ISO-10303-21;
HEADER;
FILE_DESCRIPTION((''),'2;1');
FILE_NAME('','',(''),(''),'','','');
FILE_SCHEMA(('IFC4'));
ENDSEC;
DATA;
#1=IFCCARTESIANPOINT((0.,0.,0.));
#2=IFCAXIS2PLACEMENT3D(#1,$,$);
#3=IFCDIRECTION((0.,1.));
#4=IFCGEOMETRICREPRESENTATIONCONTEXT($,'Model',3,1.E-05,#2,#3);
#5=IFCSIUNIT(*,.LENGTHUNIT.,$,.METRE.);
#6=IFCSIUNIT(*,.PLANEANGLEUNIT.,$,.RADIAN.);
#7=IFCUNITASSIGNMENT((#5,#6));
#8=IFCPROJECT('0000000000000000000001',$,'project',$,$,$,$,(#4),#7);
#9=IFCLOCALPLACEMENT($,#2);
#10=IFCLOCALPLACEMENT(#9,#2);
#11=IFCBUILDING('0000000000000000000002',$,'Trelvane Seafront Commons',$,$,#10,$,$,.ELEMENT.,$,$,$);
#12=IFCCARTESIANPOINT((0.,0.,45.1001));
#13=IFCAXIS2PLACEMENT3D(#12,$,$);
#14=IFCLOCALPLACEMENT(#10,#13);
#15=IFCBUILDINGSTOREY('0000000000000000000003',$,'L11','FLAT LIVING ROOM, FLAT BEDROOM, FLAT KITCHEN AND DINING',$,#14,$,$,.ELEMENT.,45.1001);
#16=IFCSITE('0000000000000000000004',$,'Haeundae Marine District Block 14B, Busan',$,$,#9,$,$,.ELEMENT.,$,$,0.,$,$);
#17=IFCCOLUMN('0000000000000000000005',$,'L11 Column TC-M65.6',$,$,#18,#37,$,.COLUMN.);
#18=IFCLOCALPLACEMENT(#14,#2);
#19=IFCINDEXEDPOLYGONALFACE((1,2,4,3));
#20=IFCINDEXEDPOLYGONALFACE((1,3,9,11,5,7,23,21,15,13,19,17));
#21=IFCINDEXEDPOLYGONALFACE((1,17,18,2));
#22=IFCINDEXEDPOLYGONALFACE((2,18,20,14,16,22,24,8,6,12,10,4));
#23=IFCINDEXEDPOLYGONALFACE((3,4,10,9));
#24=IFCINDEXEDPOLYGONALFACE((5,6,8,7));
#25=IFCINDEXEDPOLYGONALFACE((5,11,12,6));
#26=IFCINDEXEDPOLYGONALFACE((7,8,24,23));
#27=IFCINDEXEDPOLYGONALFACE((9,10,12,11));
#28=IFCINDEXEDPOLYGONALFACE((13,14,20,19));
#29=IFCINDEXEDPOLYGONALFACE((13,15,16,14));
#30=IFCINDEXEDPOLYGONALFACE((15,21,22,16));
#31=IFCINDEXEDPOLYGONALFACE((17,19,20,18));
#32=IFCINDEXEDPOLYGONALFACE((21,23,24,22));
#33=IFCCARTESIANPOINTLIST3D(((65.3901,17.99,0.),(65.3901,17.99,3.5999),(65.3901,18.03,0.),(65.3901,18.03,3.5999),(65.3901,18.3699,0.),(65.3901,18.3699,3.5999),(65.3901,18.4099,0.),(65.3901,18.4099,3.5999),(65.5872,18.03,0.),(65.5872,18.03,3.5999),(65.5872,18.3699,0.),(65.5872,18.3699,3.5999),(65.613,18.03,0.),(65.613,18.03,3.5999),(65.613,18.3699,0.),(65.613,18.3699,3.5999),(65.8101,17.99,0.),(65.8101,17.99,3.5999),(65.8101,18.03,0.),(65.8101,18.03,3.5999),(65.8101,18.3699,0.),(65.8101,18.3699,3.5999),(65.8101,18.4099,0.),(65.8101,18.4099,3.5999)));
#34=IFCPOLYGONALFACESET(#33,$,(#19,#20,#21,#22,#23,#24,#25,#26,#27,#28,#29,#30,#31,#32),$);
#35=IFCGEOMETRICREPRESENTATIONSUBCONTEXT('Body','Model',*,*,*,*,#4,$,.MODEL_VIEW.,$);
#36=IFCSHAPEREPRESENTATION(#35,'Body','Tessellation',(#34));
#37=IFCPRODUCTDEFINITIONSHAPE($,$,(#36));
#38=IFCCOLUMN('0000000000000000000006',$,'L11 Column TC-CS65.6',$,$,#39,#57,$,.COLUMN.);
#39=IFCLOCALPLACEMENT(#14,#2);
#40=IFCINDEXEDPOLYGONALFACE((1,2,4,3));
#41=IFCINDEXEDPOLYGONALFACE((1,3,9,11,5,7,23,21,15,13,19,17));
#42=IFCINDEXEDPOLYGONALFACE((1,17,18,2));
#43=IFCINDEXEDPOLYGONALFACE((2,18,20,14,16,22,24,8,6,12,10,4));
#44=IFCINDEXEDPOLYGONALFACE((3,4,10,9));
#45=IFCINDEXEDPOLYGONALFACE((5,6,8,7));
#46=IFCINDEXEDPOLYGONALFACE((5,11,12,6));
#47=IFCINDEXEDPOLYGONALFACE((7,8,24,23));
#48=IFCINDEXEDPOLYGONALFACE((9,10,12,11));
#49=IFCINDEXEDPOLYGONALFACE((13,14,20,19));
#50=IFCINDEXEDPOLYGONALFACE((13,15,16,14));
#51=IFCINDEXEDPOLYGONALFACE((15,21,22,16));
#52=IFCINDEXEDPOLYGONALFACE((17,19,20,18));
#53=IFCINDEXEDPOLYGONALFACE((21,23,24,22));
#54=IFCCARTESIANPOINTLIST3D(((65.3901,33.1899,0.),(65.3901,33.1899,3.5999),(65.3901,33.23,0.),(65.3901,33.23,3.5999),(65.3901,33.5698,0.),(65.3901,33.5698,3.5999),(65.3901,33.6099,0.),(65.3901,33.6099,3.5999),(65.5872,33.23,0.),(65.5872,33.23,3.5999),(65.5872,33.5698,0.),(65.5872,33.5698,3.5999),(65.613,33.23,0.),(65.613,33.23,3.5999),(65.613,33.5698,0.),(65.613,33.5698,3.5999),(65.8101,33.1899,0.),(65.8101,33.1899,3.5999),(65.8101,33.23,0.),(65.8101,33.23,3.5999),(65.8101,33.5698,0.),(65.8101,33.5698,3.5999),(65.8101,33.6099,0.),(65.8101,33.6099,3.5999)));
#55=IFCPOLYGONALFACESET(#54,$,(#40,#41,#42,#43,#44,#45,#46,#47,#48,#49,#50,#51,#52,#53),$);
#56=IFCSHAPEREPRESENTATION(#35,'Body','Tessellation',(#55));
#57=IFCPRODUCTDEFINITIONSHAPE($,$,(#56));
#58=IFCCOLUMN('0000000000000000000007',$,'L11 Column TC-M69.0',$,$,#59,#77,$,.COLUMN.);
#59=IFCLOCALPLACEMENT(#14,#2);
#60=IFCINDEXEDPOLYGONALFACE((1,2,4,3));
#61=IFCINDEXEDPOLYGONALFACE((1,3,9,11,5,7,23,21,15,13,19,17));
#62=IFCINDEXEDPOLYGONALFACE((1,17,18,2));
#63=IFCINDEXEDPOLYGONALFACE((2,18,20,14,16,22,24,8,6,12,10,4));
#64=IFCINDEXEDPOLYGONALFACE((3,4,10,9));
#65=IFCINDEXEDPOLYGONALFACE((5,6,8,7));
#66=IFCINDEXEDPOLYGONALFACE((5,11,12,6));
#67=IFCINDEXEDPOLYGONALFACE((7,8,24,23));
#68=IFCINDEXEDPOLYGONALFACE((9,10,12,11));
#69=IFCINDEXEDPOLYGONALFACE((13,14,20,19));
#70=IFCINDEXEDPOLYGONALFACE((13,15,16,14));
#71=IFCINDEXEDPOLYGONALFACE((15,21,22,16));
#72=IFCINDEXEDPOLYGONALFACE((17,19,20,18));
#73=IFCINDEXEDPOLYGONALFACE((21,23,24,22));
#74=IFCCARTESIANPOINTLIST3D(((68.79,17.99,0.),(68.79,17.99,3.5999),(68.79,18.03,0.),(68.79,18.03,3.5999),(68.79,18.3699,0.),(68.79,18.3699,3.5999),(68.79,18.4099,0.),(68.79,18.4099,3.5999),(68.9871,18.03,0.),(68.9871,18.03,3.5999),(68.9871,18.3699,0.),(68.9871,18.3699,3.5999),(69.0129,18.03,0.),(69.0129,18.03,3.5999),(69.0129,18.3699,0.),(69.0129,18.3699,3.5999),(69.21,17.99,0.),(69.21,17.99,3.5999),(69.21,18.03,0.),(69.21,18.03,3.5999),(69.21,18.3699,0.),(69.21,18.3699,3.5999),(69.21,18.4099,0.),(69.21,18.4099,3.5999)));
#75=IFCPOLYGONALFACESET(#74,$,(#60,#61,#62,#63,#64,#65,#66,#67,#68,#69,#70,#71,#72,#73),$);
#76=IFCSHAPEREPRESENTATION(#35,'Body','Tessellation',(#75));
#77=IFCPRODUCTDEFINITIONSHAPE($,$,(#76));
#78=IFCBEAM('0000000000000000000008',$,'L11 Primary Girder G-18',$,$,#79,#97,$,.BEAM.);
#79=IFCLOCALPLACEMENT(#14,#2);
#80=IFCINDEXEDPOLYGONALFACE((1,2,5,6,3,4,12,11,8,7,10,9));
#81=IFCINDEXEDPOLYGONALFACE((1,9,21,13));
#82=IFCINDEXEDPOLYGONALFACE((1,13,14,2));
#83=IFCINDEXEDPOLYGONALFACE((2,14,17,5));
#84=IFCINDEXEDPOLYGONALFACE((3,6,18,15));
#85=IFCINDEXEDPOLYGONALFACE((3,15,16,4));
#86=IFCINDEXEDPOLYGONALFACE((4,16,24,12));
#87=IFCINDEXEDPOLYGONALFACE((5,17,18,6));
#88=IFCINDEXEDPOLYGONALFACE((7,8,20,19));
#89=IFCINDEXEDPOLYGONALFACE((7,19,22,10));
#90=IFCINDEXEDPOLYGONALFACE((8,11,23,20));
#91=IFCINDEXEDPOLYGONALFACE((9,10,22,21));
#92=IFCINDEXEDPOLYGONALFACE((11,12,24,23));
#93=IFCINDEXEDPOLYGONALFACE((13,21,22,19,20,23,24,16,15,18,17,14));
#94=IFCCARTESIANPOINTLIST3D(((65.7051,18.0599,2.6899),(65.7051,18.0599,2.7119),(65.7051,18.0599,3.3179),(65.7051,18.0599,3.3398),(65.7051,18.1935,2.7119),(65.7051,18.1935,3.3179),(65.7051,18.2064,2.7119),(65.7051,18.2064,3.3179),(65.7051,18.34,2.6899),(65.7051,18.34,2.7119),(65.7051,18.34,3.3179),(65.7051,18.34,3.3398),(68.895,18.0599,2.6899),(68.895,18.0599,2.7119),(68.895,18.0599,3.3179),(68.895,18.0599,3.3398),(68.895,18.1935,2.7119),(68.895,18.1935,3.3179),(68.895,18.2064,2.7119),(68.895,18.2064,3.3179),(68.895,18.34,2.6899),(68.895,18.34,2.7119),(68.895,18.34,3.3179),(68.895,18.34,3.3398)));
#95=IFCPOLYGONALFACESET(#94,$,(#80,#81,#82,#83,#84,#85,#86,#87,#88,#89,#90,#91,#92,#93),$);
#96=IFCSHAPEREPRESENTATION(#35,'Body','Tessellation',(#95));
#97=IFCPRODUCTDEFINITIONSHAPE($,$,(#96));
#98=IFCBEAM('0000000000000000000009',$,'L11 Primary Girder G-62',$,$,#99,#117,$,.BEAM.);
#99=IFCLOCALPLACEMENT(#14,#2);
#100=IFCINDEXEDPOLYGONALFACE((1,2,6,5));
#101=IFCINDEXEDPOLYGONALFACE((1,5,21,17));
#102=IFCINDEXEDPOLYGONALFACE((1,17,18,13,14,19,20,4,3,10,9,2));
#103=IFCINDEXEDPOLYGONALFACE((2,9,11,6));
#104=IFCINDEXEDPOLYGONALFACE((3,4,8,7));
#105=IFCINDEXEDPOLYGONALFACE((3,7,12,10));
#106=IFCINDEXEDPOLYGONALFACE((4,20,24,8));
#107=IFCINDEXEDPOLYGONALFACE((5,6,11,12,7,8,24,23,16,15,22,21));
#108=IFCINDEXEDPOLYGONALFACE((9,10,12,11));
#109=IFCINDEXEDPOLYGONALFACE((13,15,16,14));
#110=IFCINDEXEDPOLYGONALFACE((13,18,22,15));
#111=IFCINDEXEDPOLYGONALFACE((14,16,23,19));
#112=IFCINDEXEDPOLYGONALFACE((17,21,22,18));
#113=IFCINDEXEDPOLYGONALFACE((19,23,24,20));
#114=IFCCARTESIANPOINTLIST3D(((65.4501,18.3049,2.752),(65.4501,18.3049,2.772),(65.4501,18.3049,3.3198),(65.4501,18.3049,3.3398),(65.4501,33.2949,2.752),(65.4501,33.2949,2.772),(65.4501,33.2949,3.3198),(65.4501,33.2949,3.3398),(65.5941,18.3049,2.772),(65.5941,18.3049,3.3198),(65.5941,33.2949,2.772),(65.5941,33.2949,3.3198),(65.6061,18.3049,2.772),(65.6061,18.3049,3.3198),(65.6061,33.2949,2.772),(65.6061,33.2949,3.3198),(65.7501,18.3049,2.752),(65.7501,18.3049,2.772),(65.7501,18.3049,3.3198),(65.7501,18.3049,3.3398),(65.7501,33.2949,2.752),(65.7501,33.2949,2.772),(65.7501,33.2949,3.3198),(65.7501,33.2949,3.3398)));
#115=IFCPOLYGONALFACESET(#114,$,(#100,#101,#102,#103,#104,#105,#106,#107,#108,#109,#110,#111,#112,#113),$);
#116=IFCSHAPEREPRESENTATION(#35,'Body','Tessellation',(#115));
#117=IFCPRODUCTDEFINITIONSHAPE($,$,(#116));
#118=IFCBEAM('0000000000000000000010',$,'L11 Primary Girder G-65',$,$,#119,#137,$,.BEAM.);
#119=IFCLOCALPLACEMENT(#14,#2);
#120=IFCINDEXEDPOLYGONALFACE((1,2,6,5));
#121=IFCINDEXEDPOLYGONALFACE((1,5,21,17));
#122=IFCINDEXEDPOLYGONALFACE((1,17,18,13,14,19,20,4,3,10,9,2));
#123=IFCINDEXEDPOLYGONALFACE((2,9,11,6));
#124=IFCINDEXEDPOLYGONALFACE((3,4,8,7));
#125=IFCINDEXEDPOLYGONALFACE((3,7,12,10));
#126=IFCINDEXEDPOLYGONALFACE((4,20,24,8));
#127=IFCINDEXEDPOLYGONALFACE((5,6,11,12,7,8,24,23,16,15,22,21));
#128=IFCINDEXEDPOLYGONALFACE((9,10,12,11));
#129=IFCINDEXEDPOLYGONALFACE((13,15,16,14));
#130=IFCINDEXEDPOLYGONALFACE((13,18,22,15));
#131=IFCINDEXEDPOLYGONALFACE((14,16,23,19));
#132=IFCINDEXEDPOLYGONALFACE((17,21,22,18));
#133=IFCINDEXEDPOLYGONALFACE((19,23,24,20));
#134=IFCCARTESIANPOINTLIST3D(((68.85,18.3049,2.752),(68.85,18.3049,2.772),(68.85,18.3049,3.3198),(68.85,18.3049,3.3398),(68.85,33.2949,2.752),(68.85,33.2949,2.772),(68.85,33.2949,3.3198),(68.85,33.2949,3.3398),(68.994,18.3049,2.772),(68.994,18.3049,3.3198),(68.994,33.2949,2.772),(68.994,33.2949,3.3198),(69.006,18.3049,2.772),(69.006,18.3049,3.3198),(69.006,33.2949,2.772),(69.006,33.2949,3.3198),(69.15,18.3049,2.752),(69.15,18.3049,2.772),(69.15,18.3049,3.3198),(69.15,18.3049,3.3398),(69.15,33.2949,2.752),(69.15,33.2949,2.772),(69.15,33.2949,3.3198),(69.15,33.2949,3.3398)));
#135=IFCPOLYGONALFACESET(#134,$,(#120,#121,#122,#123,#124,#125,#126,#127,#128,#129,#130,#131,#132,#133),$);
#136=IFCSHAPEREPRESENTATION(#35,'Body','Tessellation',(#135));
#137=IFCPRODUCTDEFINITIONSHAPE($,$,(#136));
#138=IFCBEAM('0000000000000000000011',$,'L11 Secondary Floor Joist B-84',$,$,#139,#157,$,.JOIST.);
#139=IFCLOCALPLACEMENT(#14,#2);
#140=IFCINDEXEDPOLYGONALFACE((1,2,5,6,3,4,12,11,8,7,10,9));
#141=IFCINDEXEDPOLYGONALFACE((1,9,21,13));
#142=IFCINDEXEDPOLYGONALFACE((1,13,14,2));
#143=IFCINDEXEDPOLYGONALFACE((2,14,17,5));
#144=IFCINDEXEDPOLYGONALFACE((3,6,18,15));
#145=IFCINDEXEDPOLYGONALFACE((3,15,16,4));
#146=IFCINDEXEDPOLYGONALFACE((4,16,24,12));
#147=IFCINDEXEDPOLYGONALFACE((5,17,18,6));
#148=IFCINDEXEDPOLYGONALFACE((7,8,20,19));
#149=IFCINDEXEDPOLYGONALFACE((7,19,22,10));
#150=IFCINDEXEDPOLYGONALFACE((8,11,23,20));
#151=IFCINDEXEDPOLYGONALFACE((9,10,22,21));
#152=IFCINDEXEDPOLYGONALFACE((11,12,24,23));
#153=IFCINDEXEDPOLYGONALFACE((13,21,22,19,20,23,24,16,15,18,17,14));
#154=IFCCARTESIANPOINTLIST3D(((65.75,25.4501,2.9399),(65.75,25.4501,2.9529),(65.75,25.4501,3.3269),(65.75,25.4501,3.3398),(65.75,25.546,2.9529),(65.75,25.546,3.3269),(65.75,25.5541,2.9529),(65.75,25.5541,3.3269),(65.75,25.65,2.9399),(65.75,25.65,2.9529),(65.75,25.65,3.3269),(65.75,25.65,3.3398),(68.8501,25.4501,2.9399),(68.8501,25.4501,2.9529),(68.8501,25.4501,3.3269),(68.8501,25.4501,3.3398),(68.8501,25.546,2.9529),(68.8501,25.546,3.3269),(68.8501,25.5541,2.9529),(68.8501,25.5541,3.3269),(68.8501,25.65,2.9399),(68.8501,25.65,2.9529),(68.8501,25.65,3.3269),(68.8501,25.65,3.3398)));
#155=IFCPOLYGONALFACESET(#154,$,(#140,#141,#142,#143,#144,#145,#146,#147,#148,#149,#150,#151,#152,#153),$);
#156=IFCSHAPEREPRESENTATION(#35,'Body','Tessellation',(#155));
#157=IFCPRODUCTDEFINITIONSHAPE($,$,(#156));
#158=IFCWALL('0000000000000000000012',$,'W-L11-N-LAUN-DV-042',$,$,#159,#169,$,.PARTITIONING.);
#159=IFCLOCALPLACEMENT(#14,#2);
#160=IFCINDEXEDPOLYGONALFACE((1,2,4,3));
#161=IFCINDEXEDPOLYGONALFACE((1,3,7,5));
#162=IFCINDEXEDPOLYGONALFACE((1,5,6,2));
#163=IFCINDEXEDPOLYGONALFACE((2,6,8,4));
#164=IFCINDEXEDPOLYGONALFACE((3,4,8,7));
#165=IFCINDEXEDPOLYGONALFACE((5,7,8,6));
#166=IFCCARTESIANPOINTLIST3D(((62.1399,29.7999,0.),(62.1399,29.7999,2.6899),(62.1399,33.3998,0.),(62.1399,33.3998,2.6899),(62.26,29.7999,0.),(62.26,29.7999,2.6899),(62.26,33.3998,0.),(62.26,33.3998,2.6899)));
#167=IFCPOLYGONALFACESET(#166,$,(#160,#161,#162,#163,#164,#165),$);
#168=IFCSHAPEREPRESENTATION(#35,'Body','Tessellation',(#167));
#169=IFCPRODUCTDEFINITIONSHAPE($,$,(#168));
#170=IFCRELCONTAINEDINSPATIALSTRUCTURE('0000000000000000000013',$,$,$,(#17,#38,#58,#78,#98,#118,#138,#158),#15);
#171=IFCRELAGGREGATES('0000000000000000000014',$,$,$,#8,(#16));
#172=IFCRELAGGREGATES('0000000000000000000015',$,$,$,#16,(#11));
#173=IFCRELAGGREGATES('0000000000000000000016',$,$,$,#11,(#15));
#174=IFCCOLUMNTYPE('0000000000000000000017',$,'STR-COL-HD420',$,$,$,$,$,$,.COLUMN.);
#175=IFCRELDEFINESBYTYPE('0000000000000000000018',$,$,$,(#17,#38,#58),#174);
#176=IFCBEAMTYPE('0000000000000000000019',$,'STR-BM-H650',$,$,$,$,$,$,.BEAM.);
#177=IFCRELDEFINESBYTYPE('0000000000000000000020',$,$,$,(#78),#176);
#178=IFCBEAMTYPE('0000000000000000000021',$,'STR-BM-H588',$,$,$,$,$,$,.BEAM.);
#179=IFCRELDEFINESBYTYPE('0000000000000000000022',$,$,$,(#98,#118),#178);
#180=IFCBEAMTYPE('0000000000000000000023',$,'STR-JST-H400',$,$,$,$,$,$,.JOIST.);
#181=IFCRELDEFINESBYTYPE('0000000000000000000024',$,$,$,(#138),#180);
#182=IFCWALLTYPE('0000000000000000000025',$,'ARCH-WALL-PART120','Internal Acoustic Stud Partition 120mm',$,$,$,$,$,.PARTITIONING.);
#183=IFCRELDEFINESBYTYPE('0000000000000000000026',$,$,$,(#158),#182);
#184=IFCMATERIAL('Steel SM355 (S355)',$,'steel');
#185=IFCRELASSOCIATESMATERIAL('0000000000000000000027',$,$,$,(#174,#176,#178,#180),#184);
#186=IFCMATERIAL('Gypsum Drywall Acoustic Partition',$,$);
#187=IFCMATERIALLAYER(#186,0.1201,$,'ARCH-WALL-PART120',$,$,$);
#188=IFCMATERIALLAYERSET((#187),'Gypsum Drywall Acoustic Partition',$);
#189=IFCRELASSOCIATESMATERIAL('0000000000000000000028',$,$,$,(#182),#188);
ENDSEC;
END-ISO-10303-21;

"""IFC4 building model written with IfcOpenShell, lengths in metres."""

from ifc_helpers import new_model, si_unit, direction, frame, frame_2d, origin, origin_2d, place, context, subcontext, project, spatial, rectangle, i_section, extrude, source, transform, mapped, material, layer, layer_set, material_profile, profile_set, type_object, element, save


model = new_model("IFC4")

# Units and contexts
model_context = context("Model", 3, precision=1e-05, world=origin(), true_north=direction((0.0, 1.0)))
body_context = subcontext(model_context, "Body", "Model", "MODEL_VIEW")
ifc_project = project(units=[si_unit("LENGTHUNIT", "METRE"), si_unit("PLANEANGLEUNIT", "RADIAN")], contexts=[model_context])

# Site, building, storey
site_placement = place(None, origin())
site = spatial("IfcSite", under=ifc_project, at=site_placement, Name="Haeundae Marine District Block 14B, Busan", CompositionType="ELEMENT", RefElevation=0.0)
building_placement = place(site_placement, origin())
building = spatial("IfcBuilding", under=site, at=building_placement, Name="Trelvane Seafront Commons", CompositionType="ELEMENT")
storey_placement = place(building_placement, frame((0.0, 0.0, 45.1001)))
storey = spatial("IfcBuildingStorey", under=building, at=storey_placement, Name="L11", Description="FLAT LIVING ROOM, FLAT BEDROOM, FLAT KITCHEN AND DINING", CompositionType="ELEMENT", Elevation=45.1001)

# Columns
ifc_material_1 = material(Name="Steel SM355 (S355)", Category="steel")
ifc_material_profile_1 = material_profile(ifc_material_1, i_section(OverallWidth=0.4199, OverallDepth=0.4199, WebThickness=0.0259, FlangeThickness=0.04, at=origin_2d()), Name="HD-420x420x26x40")
ifc_profile_set_1 = profile_set([ifc_material_profile_1], Name="Steel SM355 (S355)")
column_type = type_object("IfcColumnType", Name="STR-COL-HD420", PredefinedType="COLUMN", material=ifc_profile_set_1)
shared_shape_1 = source(origin(), body_context, "Body", "SweptSolid", [
    extrude(i_section(OverallWidth=0.4199, OverallDepth=0.4199, WebThickness=0.0259, FlangeThickness=0.04, at=origin_2d()), origin(), (0.0, 0.0, 1.0), 3.5999),
])
for number, where, z_axis, x_axis, name in (
    (1, (65.6001, 18.2, 0.0), (0.0, 0.0, 1.0), (1.0, 0.0, 0.0), "L11 Column TC-M65.6"),
    (2, (65.6001, 33.3999, 0.0), (0.0, 0.0, 1.0), (1.0, 0.0, 0.0), "L11 Column TC-CS65.6"),
    (3, (69.0, 18.2, 0.0), (0.0, 0.0, 1.0), (1.0, 0.0, 0.0), "L11 Column TC-M69.0"),
):
    element("IfcColumn", number, at=place(storey_placement, frame(where, z_axis=z_axis, x_axis=x_axis)), inside=storey, type_object=column_type, Name=name, PredefinedType="COLUMN", context=body_context, shape_type="MappedRepresentation", body=[
        mapped(shared_shape_1, transform((0.0, 0.0, 0.0), x_axis=(1.0, 0.0, 0.0), y_axis=(0.0, 1.0, 0.0), z_axis=(0.0, 0.0, 1.0), scale=1.0)),
    ])

# Beams
ifc_material_profile_2 = material_profile(ifc_material_1, i_section(OverallWidth=0.28, OverallDepth=0.6499, WebThickness=0.0129, FlangeThickness=0.022, at=origin_2d()), Name="H-650x280x13x22")
ifc_profile_set_2 = profile_set([ifc_material_profile_2], Name="Steel SM355 (S355)")
beam_type_1 = type_object("IfcBeamType", Name="STR-BM-H650", PredefinedType="BEAM", material=ifc_profile_set_2)
shared_shape_2 = source(origin(), body_context, "Body", "SweptSolid", [
    extrude(i_section(OverallWidth=0.28, OverallDepth=0.6499, WebThickness=0.0129, FlangeThickness=0.022, at=origin_2d()), origin(), (0.0, 0.0, 1.0), 3.1899),
])
beam_1_placement = place(storey_placement, frame((65.7051, 18.2, 3.0149), z_axis=(1.0, 0.0, 0.0), x_axis=(0.0, 1.0, 0.0)))
element("IfcBeam", 4, at=beam_1_placement, inside=storey, type_object=beam_type_1, Name="L11 Primary Girder G-18", PredefinedType="BEAM", context=body_context, shape_type="MappedRepresentation", body=[
    mapped(shared_shape_2, transform((0.0, 0.0, 0.0), x_axis=(1.0, 0.0, 0.0), y_axis=(0.0, 1.0, 0.0), z_axis=(0.0, 0.0, 1.0), scale=1.0)),
])
ifc_material_profile_3 = material_profile(ifc_material_1, i_section(OverallWidth=0.3, OverallDepth=0.5879, WebThickness=0.012, FlangeThickness=0.02, at=origin_2d()), Name="H-588x300x12x20")
ifc_profile_set_3 = profile_set([ifc_material_profile_3], Name="Steel SM355 (S355)")
beam_type_2 = type_object("IfcBeamType", Name="STR-BM-H588", PredefinedType="BEAM", material=ifc_profile_set_3)
shared_shape_3 = source(origin(), body_context, "Body", "SweptSolid", [
    extrude(i_section(OverallWidth=0.3, OverallDepth=0.5879, WebThickness=0.012, FlangeThickness=0.02, at=origin_2d()), origin(), (0.0, 0.0, 1.0), 14.99),
])
for number, where, z_axis, x_axis, name in (
    (5, (65.6001, 18.3049, 3.0459), (0.0, 1.0, 0.0), (-1.0, 0.0, 0.0), "L11 Primary Girder G-62"),
    (6, (69.0, 18.3049, 3.0459), (0.0, 1.0, 0.0), (-1.0, 0.0, 0.0), "L11 Primary Girder G-65"),
):
    element("IfcBeam", number, at=place(storey_placement, frame(where, z_axis=z_axis, x_axis=x_axis)), inside=storey, type_object=beam_type_2, Name=name, PredefinedType="BEAM", context=body_context, shape_type="MappedRepresentation", body=[
        mapped(shared_shape_3, transform((0.0, 0.0, 0.0), x_axis=(1.0, 0.0, 0.0), y_axis=(0.0, 1.0, 0.0), z_axis=(0.0, 0.0, 1.0), scale=1.0)),
    ])
ifc_material_profile_4 = material_profile(ifc_material_1, i_section(OverallWidth=0.2, OverallDepth=0.3999, WebThickness=0.0081, FlangeThickness=0.0129, at=origin_2d()), Name="H-400x200x8x13")
ifc_profile_set_4 = profile_set([ifc_material_profile_4], Name="Steel SM355 (S355)")
beam_type_3 = type_object("IfcBeamType", Name="STR-JST-H400", PredefinedType="JOIST", material=ifc_profile_set_4)
shared_shape_4 = source(origin(), body_context, "Body", "SweptSolid", [
    extrude(i_section(OverallWidth=0.2, OverallDepth=0.3999, WebThickness=0.0081, FlangeThickness=0.0129, at=origin_2d()), origin(), (0.0, 0.0, 1.0), 3.1001),
])
beam_2_placement = place(storey_placement, frame((65.75, 25.55, 3.1399), z_axis=(1.0, 0.0, 0.0), x_axis=(0.0, 1.0, 0.0)))
element("IfcBeam", 7, at=beam_2_placement, inside=storey, type_object=beam_type_3, Name="L11 Secondary Floor Joist B-84", PredefinedType="JOIST", context=body_context, shape_type="MappedRepresentation", body=[
    mapped(shared_shape_4, transform((0.0, 0.0, 0.0), x_axis=(1.0, 0.0, 0.0), y_axis=(0.0, 1.0, 0.0), z_axis=(0.0, 0.0, 1.0), scale=1.0)),
])

# Wall
ifc_material_2 = material(Name="Gypsum Drywall Acoustic Partition")
ifc_layer_1 = layer(ifc_material_2, 0.1201, Name="ARCH-WALL-PART120")
ifc_layer_set_1 = layer_set([ifc_layer_1], Name="Gypsum Drywall Acoustic Partition")
wall_type_1 = type_object("IfcWallType", Name="ARCH-WALL-PART120", Description="Internal Acoustic Stud Partition 120mm", PredefinedType="PARTITIONING", material=ifc_layer_set_1)
wall_1_placement = place(storey_placement, frame((62.2, 29.8, 0.0), z_axis=(0.0, 0.0, 1.0), x_axis=(0.0, 1.0, 0.0)))
element("IfcWall", 8, at=wall_1_placement, inside=storey, type_object=wall_type_1, Name="W-L11-N-LAUN-DV-042", PredefinedType="PARTITIONING", context=body_context, shape_type="SweptSolid", body=[
    extrude(rectangle(XDim=3.5999, YDim=0.1201, at=frame_2d((1.7998, 0.0))), origin(), (0.0, 0.0, 1.0), 2.6899),
])

save(model, "model.ifc")
